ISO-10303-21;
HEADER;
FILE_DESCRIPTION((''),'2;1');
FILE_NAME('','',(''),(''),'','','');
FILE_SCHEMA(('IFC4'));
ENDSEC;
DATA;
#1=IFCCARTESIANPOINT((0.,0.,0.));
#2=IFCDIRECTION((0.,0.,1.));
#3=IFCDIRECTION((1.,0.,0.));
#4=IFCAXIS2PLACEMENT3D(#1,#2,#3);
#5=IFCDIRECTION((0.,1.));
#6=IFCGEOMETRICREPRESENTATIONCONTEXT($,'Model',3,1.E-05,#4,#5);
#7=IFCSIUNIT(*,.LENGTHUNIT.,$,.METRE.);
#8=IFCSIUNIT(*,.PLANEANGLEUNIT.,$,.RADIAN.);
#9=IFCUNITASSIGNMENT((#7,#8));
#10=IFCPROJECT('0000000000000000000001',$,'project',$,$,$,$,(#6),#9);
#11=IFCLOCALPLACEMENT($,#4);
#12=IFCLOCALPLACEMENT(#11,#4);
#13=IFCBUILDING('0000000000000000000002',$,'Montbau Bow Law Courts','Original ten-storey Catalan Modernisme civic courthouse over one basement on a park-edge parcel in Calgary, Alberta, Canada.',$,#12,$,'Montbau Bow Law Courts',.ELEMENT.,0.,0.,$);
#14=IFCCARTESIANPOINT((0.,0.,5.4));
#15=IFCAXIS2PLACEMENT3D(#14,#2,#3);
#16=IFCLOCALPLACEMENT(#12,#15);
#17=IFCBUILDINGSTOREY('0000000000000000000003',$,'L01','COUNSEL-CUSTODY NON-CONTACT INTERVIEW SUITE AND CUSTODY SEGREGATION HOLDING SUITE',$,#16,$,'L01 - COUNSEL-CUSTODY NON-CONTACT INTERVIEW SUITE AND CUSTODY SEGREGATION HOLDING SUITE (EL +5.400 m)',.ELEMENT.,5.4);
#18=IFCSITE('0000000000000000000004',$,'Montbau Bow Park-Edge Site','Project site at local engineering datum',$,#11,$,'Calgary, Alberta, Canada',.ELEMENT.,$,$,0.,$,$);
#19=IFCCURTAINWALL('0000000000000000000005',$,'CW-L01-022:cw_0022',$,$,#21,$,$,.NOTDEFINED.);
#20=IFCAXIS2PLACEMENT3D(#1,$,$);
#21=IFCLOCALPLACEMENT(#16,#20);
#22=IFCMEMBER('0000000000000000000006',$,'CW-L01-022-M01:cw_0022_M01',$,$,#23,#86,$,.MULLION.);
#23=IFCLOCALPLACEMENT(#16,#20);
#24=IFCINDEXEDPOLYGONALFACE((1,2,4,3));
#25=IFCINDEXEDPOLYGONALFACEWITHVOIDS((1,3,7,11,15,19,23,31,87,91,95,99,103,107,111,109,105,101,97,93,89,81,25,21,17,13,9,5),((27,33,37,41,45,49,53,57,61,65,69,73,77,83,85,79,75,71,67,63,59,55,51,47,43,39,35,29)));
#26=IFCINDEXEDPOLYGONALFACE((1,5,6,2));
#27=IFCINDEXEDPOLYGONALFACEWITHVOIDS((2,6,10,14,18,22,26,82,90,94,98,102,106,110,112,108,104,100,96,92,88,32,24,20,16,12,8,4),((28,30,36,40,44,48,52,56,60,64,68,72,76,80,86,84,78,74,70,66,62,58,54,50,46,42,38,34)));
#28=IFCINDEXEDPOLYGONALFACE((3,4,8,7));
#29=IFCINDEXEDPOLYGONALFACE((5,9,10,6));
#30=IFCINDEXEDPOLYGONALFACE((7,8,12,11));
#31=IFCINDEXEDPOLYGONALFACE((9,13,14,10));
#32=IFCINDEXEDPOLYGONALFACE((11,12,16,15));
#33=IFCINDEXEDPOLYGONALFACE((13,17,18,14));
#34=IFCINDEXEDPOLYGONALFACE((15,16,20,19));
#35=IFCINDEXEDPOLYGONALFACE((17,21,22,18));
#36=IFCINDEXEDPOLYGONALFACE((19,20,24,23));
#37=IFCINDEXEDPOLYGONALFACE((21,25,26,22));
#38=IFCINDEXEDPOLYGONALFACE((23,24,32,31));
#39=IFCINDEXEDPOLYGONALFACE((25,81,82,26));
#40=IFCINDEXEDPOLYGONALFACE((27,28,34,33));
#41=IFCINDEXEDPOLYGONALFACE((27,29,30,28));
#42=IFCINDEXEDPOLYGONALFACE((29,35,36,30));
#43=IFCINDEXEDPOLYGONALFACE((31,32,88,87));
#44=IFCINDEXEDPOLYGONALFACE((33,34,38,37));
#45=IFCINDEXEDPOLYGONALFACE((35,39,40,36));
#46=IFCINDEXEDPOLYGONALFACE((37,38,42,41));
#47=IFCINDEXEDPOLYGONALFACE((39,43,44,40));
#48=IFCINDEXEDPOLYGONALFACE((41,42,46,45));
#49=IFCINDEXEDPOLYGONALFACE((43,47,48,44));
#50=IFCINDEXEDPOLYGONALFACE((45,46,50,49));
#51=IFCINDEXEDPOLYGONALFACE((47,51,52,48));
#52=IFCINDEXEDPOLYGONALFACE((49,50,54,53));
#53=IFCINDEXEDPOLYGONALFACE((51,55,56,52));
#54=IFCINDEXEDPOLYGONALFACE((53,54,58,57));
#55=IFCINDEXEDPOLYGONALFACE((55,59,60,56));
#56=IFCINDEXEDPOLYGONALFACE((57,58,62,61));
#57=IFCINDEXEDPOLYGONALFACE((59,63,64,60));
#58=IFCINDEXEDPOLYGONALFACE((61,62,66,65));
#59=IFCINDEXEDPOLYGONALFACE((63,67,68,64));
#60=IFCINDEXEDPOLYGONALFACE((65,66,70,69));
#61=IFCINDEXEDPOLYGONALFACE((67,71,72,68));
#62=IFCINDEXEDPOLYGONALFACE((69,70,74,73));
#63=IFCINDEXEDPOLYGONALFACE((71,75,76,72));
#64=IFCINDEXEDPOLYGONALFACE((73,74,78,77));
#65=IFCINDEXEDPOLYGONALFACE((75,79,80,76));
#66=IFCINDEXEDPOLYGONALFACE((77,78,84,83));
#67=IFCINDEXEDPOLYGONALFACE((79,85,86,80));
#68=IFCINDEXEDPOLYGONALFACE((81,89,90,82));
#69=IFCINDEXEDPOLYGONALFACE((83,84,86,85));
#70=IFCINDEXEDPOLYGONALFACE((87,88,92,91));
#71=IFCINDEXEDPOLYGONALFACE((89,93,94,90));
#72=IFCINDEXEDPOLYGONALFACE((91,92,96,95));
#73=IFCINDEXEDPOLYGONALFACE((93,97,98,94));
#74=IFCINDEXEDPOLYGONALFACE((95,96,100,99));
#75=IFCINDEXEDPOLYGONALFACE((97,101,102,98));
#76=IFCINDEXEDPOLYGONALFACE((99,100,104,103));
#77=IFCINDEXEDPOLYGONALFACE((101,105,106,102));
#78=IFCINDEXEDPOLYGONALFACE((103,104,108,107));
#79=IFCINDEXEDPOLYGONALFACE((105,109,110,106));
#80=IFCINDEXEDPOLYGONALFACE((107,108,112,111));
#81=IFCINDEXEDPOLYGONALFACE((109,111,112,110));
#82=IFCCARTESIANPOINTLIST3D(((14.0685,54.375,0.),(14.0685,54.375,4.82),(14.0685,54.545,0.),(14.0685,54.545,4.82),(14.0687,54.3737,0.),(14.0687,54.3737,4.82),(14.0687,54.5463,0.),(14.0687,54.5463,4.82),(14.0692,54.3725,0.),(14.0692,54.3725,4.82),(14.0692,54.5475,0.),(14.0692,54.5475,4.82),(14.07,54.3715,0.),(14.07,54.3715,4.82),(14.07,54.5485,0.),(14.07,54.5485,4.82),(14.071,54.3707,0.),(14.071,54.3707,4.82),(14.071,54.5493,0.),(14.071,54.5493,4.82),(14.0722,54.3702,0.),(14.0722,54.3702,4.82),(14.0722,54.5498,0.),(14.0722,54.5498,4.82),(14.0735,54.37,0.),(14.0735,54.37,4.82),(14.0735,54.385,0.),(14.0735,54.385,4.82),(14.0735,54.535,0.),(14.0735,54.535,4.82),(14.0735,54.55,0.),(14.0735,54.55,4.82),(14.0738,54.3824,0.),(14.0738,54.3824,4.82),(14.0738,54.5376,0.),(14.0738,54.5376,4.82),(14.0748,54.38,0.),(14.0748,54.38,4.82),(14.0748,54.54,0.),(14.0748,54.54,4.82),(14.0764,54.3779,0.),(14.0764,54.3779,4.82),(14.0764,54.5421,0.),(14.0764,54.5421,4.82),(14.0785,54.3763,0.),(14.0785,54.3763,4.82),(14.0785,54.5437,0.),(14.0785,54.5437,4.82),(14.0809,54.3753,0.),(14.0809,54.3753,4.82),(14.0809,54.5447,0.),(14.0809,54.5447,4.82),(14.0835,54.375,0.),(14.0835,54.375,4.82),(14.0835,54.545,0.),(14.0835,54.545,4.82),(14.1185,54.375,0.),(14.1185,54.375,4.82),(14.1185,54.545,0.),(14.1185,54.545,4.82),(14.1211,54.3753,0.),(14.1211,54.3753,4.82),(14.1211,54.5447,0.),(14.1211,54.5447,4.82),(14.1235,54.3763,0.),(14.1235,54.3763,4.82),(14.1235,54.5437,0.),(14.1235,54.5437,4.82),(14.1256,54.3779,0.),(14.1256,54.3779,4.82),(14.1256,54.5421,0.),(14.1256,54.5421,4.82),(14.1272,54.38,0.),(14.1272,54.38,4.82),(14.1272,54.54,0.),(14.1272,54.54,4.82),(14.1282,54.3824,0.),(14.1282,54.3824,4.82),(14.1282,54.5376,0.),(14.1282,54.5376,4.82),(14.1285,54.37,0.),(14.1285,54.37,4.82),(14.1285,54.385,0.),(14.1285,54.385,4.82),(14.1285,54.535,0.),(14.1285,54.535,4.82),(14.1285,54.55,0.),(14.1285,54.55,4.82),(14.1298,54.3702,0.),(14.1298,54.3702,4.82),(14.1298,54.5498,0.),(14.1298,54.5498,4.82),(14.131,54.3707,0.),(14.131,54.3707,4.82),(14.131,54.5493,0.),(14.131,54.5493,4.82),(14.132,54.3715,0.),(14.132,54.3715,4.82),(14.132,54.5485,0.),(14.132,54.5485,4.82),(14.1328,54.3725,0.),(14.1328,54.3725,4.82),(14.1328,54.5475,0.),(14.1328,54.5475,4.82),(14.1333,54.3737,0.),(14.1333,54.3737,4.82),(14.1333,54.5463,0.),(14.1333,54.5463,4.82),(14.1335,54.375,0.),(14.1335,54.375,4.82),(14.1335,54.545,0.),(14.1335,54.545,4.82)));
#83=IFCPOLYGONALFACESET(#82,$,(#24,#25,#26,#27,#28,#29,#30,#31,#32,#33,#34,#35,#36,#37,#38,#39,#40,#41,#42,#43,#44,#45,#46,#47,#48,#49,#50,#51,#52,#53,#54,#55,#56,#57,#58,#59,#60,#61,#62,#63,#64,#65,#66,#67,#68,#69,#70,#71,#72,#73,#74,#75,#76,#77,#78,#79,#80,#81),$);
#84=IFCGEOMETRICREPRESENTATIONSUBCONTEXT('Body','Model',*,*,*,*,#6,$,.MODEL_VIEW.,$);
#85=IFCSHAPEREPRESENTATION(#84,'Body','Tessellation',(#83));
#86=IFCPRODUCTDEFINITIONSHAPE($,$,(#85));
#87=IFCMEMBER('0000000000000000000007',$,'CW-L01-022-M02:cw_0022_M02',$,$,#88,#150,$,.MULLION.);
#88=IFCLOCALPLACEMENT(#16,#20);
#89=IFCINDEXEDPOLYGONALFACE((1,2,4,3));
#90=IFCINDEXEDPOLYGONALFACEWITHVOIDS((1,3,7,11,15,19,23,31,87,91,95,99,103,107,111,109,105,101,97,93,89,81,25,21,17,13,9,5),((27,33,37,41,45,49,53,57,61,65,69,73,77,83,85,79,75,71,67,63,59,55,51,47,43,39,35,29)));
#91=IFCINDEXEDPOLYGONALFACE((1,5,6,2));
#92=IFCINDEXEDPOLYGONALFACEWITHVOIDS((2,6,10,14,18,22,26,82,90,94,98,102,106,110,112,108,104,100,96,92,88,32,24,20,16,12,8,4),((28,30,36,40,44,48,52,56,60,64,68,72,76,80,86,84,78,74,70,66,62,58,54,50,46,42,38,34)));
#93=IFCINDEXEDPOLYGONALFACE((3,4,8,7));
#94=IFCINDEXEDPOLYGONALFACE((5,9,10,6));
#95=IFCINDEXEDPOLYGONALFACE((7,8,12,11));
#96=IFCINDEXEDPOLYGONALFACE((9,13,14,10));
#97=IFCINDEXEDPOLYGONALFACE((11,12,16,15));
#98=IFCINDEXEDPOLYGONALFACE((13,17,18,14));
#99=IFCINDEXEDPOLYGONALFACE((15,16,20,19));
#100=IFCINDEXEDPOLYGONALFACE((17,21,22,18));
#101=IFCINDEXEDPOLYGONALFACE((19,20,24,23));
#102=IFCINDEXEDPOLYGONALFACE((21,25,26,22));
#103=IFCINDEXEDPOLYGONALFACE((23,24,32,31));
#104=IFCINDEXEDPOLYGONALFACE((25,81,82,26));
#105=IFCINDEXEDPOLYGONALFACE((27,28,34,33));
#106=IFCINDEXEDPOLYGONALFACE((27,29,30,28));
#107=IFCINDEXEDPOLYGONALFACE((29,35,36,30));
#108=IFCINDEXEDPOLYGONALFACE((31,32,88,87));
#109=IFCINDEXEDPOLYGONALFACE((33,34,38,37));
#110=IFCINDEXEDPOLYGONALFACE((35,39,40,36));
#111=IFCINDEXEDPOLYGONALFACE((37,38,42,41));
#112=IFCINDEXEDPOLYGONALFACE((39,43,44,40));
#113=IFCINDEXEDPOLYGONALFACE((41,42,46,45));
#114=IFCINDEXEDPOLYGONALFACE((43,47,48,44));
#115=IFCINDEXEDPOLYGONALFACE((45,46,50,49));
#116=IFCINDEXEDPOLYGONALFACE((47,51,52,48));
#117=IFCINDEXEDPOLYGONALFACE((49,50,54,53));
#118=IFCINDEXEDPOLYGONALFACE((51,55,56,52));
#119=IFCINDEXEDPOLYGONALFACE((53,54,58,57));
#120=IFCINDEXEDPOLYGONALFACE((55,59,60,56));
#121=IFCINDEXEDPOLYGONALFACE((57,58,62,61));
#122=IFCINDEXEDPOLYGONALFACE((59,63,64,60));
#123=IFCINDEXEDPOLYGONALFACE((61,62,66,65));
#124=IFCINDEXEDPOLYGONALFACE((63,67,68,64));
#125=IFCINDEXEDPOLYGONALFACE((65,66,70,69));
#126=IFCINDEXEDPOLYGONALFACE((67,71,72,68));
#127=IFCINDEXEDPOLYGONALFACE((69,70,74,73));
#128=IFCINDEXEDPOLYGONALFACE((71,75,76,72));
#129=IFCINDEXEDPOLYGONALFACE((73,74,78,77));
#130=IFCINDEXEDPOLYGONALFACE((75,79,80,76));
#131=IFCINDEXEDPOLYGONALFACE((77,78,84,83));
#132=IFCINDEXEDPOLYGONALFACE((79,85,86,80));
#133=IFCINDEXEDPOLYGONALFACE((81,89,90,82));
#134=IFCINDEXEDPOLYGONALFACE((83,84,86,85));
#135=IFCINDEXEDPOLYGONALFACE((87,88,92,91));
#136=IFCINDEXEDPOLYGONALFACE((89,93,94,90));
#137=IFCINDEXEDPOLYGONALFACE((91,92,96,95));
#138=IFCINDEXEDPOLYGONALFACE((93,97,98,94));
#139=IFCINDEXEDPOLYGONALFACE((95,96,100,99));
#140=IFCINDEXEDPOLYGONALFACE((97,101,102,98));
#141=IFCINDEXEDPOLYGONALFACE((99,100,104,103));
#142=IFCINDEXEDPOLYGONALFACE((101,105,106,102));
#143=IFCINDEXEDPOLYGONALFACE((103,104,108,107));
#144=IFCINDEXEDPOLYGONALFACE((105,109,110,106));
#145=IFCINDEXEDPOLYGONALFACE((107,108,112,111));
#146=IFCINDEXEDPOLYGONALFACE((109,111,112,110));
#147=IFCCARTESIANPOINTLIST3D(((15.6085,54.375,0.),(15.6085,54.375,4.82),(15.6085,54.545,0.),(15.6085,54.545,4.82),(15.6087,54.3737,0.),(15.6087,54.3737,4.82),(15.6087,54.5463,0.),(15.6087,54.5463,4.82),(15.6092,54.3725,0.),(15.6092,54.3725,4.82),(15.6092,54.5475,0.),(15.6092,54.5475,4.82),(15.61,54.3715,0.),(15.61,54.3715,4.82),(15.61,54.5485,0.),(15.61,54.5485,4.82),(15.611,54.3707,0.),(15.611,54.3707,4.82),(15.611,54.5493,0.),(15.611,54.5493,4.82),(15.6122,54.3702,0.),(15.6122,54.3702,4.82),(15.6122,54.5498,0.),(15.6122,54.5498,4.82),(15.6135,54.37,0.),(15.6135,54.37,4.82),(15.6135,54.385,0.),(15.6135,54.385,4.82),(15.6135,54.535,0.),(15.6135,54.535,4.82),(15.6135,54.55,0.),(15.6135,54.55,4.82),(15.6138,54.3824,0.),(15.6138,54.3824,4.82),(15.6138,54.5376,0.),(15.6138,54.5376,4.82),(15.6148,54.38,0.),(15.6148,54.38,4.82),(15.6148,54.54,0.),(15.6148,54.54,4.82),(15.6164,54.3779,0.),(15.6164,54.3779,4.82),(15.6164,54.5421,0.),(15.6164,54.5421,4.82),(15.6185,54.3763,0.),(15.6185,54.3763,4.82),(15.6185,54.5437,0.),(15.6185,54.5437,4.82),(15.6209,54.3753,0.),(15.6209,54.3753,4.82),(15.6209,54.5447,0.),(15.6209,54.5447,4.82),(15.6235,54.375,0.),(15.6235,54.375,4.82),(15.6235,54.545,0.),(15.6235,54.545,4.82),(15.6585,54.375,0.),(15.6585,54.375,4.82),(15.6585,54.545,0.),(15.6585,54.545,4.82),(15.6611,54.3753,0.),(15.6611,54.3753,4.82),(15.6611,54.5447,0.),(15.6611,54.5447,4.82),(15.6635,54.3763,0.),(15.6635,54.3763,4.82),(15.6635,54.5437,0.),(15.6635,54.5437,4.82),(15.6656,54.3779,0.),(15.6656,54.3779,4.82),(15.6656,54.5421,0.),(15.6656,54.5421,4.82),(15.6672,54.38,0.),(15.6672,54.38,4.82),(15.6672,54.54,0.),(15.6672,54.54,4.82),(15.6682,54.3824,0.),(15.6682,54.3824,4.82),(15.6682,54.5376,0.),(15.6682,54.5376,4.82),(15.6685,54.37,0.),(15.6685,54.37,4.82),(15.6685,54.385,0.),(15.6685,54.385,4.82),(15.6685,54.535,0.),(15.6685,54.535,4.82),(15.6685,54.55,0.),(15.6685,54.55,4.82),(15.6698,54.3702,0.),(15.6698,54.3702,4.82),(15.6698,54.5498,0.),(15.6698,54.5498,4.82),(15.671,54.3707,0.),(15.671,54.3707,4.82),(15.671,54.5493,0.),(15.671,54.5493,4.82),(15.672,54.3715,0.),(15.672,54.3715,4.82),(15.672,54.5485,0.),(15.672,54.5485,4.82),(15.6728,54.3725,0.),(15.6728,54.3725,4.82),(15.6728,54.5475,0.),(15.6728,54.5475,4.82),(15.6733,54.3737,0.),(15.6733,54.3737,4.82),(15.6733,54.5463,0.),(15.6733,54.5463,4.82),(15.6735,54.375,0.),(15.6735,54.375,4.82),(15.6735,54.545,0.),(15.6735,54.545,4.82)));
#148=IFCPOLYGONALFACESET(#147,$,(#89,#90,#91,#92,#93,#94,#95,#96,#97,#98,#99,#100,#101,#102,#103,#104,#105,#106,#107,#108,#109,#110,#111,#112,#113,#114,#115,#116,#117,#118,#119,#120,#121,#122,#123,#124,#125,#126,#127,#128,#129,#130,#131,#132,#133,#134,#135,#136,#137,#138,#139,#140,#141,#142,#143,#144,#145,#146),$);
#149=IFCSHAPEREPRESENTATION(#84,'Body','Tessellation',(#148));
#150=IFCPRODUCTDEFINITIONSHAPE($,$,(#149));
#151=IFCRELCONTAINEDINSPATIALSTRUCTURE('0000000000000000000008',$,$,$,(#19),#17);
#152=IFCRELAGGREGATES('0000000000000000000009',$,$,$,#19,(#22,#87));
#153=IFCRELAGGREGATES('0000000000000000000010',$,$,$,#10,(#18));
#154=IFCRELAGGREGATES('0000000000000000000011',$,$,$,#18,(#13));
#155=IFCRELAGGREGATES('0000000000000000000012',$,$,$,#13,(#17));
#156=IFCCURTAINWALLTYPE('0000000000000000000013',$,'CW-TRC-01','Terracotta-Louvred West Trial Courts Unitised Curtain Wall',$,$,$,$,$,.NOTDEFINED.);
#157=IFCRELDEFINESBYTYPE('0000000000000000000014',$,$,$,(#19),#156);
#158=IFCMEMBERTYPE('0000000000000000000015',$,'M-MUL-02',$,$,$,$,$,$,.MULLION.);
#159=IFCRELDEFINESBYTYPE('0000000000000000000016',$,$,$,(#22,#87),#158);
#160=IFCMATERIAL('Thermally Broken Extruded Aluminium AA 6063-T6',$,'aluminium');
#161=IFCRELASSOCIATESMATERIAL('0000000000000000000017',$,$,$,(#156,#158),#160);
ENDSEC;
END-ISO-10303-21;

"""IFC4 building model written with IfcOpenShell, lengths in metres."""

from ifc_helpers import new_model, si_unit, direction, frame, origin_with_axes, origin_2d_with_axis, place, context, subcontext, project, spatial, hollow_rectangle, extrude, material, material_profile, profile_set, type_object, element, aggregate, save


model = new_model("IFC4")

# Units and contexts
model_context = context("Model", 3, precision=1e-05, world=origin_with_axes(), true_north=direction((0.0, 1.0)))
body_context = subcontext(model_context, "Body", "Model", "MODEL_VIEW")
ifc_project = project(units=[si_unit("LENGTHUNIT", "METRE"), si_unit("PLANEANGLEUNIT", "RADIAN")], contexts=[model_context])

# Site, building, storey
site_placement = place(None, origin_with_axes())
site = spatial("IfcSite", under=ifc_project, at=site_placement, Name="Montbau Bow Park-Edge Site", Description="Project site at local engineering datum", LongName="Calgary, Alberta, Canada", CompositionType="ELEMENT", RefElevation=0.0)
building_placement = place(site_placement, origin_with_axes())
building = spatial("IfcBuilding", under=site, at=building_placement, Name="Montbau Bow Law Courts", Description="Original ten-storey Catalan Modernisme civic courthouse over one basement on a park-edge parcel in Calgary, Alberta, Canada.", LongName="Montbau Bow Law Courts", CompositionType="ELEMENT", ElevationOfRefHeight=0.0, ElevationOfTerrain=0.0)
storey_placement = place(building_placement, frame((0.0, 0.0, 5.4), z_axis=(0.0, 0.0, 1.0), x_axis=(1.0, 0.0, 0.0)))
storey = spatial("IfcBuildingStorey", under=building, at=storey_placement, Name="L01", Description="COUNSEL-CUSTODY NON-CONTACT INTERVIEW SUITE AND CUSTODY SEGREGATION HOLDING SUITE", LongName="L01 - COUNSEL-CUSTODY NON-CONTACT INTERVIEW SUITE AND CUSTODY SEGREGATION HOLDING SUITE (EL +5.400 m)", CompositionType="ELEMENT", Elevation=5.4)

# Curtain wall, members
ifc_material_1 = material(Name="Thermally Broken Extruded Aluminium AA 6063-T6", Category="aluminium")
curtain_wall_type = type_object("IfcCurtainWallType", Name="CW-TRC-01", Description="Terracotta-Louvred West Trial Courts Unitised Curtain Wall", PredefinedType="NOTDEFINED", material=ifc_material_1)
curtain_wall_1_placement = place(None, frame((14.068, 54.46, 5.4), z_axis=(0.0, 0.0, 1.0), x_axis=(1.0, 0.0, 0.0)))
curtain_wall_1 = element("IfcCurtainWall", 1, at=curtain_wall_1_placement, inside=storey, type_object=curtain_wall_type, Name="CW-L01-022:cw_0022", PredefinedType="NOTDEFINED")
ifc_material_profile_1 = material_profile(ifc_material_1, hollow_rectangle(XDim=0.065, YDim=0.18, WallThickness=0.005, InnerFilletRadius=0.01, OuterFilletRadius=0.005, at=origin_2d_with_axis()), Name="CWM-180X65", Category="Main", Priority=0)
ifc_profile_set_1 = profile_set([ifc_material_profile_1], Name="Thermally Broken Extruded Aluminium AA 6063-T6")
member_type_1 = type_object("IfcMemberType", Name="M-MUL-02", PredefinedType="MULLION", material=ifc_profile_set_1)
member_1_placement = place(None, frame((14.101, 54.46, 5.4), z_axis=(0.0, 0.0, 1.0), x_axis=(1.0, 0.0, 0.0)))
member_1 = element("IfcMember", 2, at=member_1_placement, type_object=member_type_1, Name="CW-L01-022-M01:cw_0022_M01", PredefinedType="MULLION", context=body_context, shape_type="SweptSolid", body=[
    extrude(hollow_rectangle(XDim=0.065, YDim=0.18, WallThickness=0.005, InnerFilletRadius=0.01, OuterFilletRadius=0.005, at=origin_2d_with_axis()), origin_with_axes(), (0.0, 0.0, 1.0), 4.82),
])
member_2_placement = place(None, frame((15.641, 54.46, 5.4), z_axis=(0.0, 0.0, 1.0), x_axis=(1.0, 0.0, 0.0)))
member_2 = element("IfcMember", 3, at=member_2_placement, type_object=member_type_1, Name="CW-L01-022-M02:cw_0022_M02", PredefinedType="MULLION", context=body_context, shape_type="SweptSolid", body=[
    extrude(hollow_rectangle(XDim=0.065, YDim=0.18, WallThickness=0.005, InnerFilletRadius=0.01, OuterFilletRadius=0.005, at=origin_2d_with_axis()), origin_with_axes(), (0.0, 0.0, 1.0), 4.82),
])

aggregate(curtain_wall_1, [member_1, member_2])

save(model, "model.ifc")
